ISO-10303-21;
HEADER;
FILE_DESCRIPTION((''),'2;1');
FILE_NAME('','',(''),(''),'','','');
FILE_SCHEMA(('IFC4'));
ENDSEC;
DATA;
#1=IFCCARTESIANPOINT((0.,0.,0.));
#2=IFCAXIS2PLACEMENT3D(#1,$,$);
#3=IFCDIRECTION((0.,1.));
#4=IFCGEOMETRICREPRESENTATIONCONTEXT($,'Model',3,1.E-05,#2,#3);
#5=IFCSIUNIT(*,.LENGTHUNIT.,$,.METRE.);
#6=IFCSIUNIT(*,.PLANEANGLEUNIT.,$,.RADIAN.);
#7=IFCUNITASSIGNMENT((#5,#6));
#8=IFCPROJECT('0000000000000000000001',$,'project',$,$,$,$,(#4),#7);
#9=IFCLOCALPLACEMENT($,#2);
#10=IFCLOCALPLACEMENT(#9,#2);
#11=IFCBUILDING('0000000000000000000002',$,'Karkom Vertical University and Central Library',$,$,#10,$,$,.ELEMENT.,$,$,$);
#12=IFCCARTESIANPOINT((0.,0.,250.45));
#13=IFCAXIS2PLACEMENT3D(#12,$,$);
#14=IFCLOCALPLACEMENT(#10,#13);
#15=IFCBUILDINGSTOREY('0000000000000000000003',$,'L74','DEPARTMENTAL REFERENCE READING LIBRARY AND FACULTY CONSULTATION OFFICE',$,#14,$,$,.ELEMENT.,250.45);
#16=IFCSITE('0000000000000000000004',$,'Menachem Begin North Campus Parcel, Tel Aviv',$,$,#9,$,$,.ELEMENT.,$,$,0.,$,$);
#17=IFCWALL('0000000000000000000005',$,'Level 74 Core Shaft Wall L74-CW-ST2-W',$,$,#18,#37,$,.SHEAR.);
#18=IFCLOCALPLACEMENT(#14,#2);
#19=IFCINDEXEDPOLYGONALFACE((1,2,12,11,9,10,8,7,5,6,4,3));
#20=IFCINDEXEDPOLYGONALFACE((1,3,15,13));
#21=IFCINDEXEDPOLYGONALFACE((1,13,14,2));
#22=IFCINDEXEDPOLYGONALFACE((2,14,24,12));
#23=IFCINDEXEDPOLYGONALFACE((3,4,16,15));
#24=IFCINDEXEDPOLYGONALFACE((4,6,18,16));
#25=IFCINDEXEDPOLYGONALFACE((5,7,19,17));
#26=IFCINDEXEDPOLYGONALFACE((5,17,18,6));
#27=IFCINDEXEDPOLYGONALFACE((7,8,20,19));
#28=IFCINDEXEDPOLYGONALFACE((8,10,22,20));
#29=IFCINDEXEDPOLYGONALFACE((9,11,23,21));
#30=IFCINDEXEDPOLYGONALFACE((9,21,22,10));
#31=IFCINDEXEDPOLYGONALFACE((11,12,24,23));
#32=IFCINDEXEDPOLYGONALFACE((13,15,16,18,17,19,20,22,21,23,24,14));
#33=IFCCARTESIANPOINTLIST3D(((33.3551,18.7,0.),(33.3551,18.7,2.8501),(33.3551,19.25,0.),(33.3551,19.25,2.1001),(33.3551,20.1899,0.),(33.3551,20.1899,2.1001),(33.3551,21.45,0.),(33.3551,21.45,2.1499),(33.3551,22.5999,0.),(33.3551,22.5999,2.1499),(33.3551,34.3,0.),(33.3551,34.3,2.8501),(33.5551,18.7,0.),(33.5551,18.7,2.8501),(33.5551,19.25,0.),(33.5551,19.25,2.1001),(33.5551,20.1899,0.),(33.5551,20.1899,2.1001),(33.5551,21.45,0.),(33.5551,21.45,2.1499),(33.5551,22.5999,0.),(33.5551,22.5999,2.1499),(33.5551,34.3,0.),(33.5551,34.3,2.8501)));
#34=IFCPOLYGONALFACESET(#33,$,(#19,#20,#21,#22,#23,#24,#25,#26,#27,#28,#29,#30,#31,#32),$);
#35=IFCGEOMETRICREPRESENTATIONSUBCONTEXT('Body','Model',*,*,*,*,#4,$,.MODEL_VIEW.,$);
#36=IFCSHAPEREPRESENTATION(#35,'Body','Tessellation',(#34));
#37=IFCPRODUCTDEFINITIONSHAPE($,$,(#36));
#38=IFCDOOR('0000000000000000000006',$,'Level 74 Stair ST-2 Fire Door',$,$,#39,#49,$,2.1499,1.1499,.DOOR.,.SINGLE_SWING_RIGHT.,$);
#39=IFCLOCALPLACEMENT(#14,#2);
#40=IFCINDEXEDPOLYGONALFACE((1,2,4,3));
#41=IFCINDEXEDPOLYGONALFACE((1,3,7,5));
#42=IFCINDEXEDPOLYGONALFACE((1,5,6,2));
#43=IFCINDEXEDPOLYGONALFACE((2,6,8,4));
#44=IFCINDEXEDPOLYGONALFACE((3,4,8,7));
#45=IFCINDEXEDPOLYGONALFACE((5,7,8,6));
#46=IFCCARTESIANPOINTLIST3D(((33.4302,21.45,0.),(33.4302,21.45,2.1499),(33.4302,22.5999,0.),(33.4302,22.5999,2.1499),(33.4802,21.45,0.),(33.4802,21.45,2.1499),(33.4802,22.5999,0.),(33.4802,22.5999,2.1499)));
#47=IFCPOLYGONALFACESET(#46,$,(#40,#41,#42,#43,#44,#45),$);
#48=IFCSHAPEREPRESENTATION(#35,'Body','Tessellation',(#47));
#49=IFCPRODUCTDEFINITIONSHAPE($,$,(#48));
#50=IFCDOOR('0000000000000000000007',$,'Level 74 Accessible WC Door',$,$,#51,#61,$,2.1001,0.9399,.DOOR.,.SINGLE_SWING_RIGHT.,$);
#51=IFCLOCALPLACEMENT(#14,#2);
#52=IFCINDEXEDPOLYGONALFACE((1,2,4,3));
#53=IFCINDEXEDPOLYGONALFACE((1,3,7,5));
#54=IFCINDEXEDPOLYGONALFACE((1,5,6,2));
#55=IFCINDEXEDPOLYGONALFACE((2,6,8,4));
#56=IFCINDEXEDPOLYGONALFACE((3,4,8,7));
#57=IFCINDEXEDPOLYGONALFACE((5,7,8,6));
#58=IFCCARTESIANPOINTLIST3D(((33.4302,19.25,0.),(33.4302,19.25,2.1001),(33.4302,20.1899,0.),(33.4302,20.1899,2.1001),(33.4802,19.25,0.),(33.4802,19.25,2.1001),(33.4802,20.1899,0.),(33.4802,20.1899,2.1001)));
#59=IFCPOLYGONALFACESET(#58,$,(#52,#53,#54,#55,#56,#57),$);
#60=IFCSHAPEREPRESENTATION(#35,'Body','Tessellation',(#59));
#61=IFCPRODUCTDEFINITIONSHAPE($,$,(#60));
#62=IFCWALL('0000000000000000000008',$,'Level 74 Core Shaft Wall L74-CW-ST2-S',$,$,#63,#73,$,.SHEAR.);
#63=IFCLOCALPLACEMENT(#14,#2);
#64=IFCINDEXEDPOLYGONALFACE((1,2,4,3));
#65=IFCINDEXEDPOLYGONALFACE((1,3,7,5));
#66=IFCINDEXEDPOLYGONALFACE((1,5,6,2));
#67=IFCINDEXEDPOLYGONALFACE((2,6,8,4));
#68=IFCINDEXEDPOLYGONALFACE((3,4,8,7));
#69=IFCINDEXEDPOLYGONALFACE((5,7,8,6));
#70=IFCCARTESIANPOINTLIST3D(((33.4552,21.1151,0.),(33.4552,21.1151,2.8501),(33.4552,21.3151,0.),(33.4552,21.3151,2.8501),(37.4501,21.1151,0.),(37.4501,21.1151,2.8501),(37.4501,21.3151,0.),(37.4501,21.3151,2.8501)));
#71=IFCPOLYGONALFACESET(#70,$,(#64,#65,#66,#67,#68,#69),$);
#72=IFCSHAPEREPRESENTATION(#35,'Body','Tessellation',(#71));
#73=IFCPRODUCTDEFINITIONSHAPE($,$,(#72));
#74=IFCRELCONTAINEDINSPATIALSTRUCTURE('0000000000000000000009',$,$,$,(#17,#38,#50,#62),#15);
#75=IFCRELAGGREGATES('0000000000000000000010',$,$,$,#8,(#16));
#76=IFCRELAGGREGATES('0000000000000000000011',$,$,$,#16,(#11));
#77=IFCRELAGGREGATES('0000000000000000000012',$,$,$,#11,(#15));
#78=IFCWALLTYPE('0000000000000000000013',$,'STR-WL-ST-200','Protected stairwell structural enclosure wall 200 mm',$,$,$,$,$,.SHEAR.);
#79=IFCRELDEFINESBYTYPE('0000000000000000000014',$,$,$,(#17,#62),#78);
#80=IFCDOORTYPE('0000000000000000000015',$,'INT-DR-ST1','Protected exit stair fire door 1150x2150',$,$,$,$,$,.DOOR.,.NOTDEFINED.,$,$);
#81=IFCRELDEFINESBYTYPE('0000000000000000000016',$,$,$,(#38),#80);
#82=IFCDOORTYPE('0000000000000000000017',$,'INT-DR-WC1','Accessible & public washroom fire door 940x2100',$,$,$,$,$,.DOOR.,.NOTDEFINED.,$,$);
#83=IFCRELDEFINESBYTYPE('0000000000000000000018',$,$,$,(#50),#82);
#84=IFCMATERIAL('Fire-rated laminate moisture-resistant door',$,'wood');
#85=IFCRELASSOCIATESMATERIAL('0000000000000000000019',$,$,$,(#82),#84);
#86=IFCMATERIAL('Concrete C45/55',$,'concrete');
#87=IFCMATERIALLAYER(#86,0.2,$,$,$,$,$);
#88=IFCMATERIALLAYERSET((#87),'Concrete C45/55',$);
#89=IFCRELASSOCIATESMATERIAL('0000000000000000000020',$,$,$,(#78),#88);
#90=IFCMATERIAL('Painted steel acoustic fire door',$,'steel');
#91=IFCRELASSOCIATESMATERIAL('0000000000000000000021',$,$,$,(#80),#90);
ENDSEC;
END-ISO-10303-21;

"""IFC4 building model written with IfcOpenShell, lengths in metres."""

from ifc_helpers import new_model, si_unit, direction, frame, frame_2d, origin, origin_with_axes, place, context, subcontext, project, spatial, rectangle, extrude, source, transform, mapped, material, layer, layer_set, type_object, element, fill, save


model = new_model("IFC4")

# Units and contexts
model_context = context("Model", 3, precision=1e-05, world=origin(), true_north=direction((0.0, 1.0)))
body_context = subcontext(model_context, "Body", "Model", "MODEL_VIEW")
ifc_project = project(units=[si_unit("LENGTHUNIT", "METRE"), si_unit("PLANEANGLEUNIT", "RADIAN")], contexts=[model_context])

# Site, building, storey
site_placement = place(None, origin())
site = spatial("IfcSite", under=ifc_project, at=site_placement, Name="Menachem Begin North Campus Parcel, Tel Aviv", CompositionType="ELEMENT", RefElevation=0.0)
building_placement = place(site_placement, origin())
building = spatial("IfcBuilding", under=site, at=building_placement, Name="Karkom Vertical University and Central Library", CompositionType="ELEMENT")
storey_placement = place(building_placement, frame((0.0, 0.0, 250.45)))
storey = spatial("IfcBuildingStorey", under=building, at=storey_placement, Name="L74", Description="DEPARTMENTAL REFERENCE READING LIBRARY AND FACULTY CONSULTATION OFFICE", CompositionType="ELEMENT", Elevation=250.45)

# Shared definitions
ifc_material_1 = material(Name="Concrete C45/55", Category="concrete")

# Shared definitions
ifc_material_2 = material(Name="Fire-rated laminate moisture-resistant door", Category="wood")
door_type_1 = type_object("IfcDoorType", Name="INT-DR-WC1", Description="Accessible & public washroom fire door 940x2100", OperationType="NOTDEFINED", PredefinedType="DOOR", material=ifc_material_2)
shared_shape_1 = source(origin_with_axes(), body_context, "Body", "SweptSolid", [
    extrude(rectangle(XDim=0.9399, YDim=2.1001, at=frame_2d((0.47, 1.05))), frame((0.0, 0.0249, 0.0), z_axis=(0.0, -1.0, 0.0), x_axis=(1.0, 0.0, 0.0)), (0.0, 0.0, 1.0), 0.05),
])

# Wall, openings, doors
ifc_layer_1 = layer(ifc_material_1, 0.2)
ifc_layer_set_1 = layer_set([ifc_layer_1], Name="Concrete C45/55")
wall_type_1 = type_object("IfcWallType", Name="STR-WL-ST-200", Description="Protected stairwell structural enclosure wall 200 mm", PredefinedType="SHEAR", material=ifc_layer_set_1)
wall_1_placement = place(storey_placement, frame((33.4551, 18.7, 0.0), z_axis=(0.0, 0.0, 1.0), x_axis=(0.0, 1.0, 0.0)))
wall_1 = element("IfcWall", 1, at=wall_1_placement, inside=storey, type_object=wall_type_1, Name="Level 74 Core Shaft Wall L74-CW-ST2-W", PredefinedType="SHEAR", context=body_context, shape_type="SweptSolid", body=[
    extrude(rectangle(XDim=15.6001, YDim=0.2, at=frame_2d((7.8, 0.0))), origin(), (0.0, 0.0, 1.0), 2.8501),
])
opening_1_placement = place(wall_1_placement, frame((2.75, 0.0, 0.0)))
opening_1 = element("IfcOpeningElement", 2, at=opening_1_placement, cuts=wall_1, PredefinedType="OPENING", context=body_context, shape_type="SweptSolid", body=[
    extrude(rectangle(XDim=1.1499, YDim=2.1499, at=frame_2d((0.575, 1.075))), frame((0.0, 0.1099, 0.0), z_axis=(0.0, -1.0, 0.0), x_axis=(1.0, 0.0, 0.0)), (0.0, 0.0, 1.0), 0.22),
])
opening_2_placement = place(wall_1_placement, frame((0.55, 0.0, 0.0)))
opening_2 = element("IfcOpeningElement", 3, at=opening_2_placement, cuts=wall_1, PredefinedType="OPENING", context=body_context, shape_type="SweptSolid", body=[
    extrude(rectangle(XDim=0.9399, YDim=2.1001, at=frame_2d((0.47, 1.05))), frame((0.0, 0.1099, 0.0), z_axis=(0.0, -1.0, 0.0), x_axis=(1.0, 0.0, 0.0)), (0.0, 0.0, 1.0), 0.22),
])
ifc_material_3 = material(Name="Painted steel acoustic fire door", Category="steel")
door_type_2 = type_object("IfcDoorType", Name="INT-DR-ST1", Description="Protected exit stair fire door 1150x2150", OperationType="NOTDEFINED", PredefinedType="DOOR", material=ifc_material_3)
shared_shape_2 = source(origin_with_axes(), body_context, "Body", "SweptSolid", [
    extrude(rectangle(XDim=1.1499, YDim=2.1499, at=frame_2d((0.575, 1.075))), frame((0.0, 0.0249, 0.0), z_axis=(0.0, -1.0, 0.0), x_axis=(1.0, 0.0, 0.0)), (0.0, 0.0, 1.0), 0.05),
])
door_1_placement = place(opening_1_placement, origin())
door_1 = element("IfcDoor", 4, at=door_1_placement, inside=storey, type_object=door_type_2, Name="Level 74 Stair ST-2 Fire Door", OperationType="SINGLE_SWING_RIGHT", OverallHeight=2.1499, OverallWidth=1.1499, PredefinedType="DOOR", context=body_context, shape_type="MappedRepresentation", body=[
    mapped(shared_shape_2, transform((0.0, 0.0, 0.0), scale=1.0)),
])
fill(opening_1, door_1)
door_2_placement = place(opening_2_placement, origin())
door_2 = element("IfcDoor", 5, at=door_2_placement, inside=storey, type_object=door_type_1, Name="Level 74 Accessible WC Door", OperationType="SINGLE_SWING_RIGHT", OverallHeight=2.1001, OverallWidth=0.9399, PredefinedType="DOOR", context=body_context, shape_type="MappedRepresentation", body=[
    mapped(shared_shape_1, transform((0.0, 0.0, 0.0), scale=1.0)),
])
fill(opening_2, door_2)

# Wall
wall_2_placement = place(storey_placement, frame((33.4551, 21.2151, 0.0), z_axis=(0.0, 0.0, 1.0), x_axis=(1.0, 0.0, 0.0)))
element("IfcWall", 6, at=wall_2_placement, inside=storey, type_object=wall_type_1, Name="Level 74 Core Shaft Wall L74-CW-ST2-S", PredefinedType="SHEAR", context=body_context, shape_type="SweptSolid", body=[
    extrude(rectangle(XDim=3.9949, YDim=0.2, at=frame_2d((1.9976, 0.0))), origin(), (0.0, 0.0, 1.0), 2.8501),
])

save(model, "model.ifc")
